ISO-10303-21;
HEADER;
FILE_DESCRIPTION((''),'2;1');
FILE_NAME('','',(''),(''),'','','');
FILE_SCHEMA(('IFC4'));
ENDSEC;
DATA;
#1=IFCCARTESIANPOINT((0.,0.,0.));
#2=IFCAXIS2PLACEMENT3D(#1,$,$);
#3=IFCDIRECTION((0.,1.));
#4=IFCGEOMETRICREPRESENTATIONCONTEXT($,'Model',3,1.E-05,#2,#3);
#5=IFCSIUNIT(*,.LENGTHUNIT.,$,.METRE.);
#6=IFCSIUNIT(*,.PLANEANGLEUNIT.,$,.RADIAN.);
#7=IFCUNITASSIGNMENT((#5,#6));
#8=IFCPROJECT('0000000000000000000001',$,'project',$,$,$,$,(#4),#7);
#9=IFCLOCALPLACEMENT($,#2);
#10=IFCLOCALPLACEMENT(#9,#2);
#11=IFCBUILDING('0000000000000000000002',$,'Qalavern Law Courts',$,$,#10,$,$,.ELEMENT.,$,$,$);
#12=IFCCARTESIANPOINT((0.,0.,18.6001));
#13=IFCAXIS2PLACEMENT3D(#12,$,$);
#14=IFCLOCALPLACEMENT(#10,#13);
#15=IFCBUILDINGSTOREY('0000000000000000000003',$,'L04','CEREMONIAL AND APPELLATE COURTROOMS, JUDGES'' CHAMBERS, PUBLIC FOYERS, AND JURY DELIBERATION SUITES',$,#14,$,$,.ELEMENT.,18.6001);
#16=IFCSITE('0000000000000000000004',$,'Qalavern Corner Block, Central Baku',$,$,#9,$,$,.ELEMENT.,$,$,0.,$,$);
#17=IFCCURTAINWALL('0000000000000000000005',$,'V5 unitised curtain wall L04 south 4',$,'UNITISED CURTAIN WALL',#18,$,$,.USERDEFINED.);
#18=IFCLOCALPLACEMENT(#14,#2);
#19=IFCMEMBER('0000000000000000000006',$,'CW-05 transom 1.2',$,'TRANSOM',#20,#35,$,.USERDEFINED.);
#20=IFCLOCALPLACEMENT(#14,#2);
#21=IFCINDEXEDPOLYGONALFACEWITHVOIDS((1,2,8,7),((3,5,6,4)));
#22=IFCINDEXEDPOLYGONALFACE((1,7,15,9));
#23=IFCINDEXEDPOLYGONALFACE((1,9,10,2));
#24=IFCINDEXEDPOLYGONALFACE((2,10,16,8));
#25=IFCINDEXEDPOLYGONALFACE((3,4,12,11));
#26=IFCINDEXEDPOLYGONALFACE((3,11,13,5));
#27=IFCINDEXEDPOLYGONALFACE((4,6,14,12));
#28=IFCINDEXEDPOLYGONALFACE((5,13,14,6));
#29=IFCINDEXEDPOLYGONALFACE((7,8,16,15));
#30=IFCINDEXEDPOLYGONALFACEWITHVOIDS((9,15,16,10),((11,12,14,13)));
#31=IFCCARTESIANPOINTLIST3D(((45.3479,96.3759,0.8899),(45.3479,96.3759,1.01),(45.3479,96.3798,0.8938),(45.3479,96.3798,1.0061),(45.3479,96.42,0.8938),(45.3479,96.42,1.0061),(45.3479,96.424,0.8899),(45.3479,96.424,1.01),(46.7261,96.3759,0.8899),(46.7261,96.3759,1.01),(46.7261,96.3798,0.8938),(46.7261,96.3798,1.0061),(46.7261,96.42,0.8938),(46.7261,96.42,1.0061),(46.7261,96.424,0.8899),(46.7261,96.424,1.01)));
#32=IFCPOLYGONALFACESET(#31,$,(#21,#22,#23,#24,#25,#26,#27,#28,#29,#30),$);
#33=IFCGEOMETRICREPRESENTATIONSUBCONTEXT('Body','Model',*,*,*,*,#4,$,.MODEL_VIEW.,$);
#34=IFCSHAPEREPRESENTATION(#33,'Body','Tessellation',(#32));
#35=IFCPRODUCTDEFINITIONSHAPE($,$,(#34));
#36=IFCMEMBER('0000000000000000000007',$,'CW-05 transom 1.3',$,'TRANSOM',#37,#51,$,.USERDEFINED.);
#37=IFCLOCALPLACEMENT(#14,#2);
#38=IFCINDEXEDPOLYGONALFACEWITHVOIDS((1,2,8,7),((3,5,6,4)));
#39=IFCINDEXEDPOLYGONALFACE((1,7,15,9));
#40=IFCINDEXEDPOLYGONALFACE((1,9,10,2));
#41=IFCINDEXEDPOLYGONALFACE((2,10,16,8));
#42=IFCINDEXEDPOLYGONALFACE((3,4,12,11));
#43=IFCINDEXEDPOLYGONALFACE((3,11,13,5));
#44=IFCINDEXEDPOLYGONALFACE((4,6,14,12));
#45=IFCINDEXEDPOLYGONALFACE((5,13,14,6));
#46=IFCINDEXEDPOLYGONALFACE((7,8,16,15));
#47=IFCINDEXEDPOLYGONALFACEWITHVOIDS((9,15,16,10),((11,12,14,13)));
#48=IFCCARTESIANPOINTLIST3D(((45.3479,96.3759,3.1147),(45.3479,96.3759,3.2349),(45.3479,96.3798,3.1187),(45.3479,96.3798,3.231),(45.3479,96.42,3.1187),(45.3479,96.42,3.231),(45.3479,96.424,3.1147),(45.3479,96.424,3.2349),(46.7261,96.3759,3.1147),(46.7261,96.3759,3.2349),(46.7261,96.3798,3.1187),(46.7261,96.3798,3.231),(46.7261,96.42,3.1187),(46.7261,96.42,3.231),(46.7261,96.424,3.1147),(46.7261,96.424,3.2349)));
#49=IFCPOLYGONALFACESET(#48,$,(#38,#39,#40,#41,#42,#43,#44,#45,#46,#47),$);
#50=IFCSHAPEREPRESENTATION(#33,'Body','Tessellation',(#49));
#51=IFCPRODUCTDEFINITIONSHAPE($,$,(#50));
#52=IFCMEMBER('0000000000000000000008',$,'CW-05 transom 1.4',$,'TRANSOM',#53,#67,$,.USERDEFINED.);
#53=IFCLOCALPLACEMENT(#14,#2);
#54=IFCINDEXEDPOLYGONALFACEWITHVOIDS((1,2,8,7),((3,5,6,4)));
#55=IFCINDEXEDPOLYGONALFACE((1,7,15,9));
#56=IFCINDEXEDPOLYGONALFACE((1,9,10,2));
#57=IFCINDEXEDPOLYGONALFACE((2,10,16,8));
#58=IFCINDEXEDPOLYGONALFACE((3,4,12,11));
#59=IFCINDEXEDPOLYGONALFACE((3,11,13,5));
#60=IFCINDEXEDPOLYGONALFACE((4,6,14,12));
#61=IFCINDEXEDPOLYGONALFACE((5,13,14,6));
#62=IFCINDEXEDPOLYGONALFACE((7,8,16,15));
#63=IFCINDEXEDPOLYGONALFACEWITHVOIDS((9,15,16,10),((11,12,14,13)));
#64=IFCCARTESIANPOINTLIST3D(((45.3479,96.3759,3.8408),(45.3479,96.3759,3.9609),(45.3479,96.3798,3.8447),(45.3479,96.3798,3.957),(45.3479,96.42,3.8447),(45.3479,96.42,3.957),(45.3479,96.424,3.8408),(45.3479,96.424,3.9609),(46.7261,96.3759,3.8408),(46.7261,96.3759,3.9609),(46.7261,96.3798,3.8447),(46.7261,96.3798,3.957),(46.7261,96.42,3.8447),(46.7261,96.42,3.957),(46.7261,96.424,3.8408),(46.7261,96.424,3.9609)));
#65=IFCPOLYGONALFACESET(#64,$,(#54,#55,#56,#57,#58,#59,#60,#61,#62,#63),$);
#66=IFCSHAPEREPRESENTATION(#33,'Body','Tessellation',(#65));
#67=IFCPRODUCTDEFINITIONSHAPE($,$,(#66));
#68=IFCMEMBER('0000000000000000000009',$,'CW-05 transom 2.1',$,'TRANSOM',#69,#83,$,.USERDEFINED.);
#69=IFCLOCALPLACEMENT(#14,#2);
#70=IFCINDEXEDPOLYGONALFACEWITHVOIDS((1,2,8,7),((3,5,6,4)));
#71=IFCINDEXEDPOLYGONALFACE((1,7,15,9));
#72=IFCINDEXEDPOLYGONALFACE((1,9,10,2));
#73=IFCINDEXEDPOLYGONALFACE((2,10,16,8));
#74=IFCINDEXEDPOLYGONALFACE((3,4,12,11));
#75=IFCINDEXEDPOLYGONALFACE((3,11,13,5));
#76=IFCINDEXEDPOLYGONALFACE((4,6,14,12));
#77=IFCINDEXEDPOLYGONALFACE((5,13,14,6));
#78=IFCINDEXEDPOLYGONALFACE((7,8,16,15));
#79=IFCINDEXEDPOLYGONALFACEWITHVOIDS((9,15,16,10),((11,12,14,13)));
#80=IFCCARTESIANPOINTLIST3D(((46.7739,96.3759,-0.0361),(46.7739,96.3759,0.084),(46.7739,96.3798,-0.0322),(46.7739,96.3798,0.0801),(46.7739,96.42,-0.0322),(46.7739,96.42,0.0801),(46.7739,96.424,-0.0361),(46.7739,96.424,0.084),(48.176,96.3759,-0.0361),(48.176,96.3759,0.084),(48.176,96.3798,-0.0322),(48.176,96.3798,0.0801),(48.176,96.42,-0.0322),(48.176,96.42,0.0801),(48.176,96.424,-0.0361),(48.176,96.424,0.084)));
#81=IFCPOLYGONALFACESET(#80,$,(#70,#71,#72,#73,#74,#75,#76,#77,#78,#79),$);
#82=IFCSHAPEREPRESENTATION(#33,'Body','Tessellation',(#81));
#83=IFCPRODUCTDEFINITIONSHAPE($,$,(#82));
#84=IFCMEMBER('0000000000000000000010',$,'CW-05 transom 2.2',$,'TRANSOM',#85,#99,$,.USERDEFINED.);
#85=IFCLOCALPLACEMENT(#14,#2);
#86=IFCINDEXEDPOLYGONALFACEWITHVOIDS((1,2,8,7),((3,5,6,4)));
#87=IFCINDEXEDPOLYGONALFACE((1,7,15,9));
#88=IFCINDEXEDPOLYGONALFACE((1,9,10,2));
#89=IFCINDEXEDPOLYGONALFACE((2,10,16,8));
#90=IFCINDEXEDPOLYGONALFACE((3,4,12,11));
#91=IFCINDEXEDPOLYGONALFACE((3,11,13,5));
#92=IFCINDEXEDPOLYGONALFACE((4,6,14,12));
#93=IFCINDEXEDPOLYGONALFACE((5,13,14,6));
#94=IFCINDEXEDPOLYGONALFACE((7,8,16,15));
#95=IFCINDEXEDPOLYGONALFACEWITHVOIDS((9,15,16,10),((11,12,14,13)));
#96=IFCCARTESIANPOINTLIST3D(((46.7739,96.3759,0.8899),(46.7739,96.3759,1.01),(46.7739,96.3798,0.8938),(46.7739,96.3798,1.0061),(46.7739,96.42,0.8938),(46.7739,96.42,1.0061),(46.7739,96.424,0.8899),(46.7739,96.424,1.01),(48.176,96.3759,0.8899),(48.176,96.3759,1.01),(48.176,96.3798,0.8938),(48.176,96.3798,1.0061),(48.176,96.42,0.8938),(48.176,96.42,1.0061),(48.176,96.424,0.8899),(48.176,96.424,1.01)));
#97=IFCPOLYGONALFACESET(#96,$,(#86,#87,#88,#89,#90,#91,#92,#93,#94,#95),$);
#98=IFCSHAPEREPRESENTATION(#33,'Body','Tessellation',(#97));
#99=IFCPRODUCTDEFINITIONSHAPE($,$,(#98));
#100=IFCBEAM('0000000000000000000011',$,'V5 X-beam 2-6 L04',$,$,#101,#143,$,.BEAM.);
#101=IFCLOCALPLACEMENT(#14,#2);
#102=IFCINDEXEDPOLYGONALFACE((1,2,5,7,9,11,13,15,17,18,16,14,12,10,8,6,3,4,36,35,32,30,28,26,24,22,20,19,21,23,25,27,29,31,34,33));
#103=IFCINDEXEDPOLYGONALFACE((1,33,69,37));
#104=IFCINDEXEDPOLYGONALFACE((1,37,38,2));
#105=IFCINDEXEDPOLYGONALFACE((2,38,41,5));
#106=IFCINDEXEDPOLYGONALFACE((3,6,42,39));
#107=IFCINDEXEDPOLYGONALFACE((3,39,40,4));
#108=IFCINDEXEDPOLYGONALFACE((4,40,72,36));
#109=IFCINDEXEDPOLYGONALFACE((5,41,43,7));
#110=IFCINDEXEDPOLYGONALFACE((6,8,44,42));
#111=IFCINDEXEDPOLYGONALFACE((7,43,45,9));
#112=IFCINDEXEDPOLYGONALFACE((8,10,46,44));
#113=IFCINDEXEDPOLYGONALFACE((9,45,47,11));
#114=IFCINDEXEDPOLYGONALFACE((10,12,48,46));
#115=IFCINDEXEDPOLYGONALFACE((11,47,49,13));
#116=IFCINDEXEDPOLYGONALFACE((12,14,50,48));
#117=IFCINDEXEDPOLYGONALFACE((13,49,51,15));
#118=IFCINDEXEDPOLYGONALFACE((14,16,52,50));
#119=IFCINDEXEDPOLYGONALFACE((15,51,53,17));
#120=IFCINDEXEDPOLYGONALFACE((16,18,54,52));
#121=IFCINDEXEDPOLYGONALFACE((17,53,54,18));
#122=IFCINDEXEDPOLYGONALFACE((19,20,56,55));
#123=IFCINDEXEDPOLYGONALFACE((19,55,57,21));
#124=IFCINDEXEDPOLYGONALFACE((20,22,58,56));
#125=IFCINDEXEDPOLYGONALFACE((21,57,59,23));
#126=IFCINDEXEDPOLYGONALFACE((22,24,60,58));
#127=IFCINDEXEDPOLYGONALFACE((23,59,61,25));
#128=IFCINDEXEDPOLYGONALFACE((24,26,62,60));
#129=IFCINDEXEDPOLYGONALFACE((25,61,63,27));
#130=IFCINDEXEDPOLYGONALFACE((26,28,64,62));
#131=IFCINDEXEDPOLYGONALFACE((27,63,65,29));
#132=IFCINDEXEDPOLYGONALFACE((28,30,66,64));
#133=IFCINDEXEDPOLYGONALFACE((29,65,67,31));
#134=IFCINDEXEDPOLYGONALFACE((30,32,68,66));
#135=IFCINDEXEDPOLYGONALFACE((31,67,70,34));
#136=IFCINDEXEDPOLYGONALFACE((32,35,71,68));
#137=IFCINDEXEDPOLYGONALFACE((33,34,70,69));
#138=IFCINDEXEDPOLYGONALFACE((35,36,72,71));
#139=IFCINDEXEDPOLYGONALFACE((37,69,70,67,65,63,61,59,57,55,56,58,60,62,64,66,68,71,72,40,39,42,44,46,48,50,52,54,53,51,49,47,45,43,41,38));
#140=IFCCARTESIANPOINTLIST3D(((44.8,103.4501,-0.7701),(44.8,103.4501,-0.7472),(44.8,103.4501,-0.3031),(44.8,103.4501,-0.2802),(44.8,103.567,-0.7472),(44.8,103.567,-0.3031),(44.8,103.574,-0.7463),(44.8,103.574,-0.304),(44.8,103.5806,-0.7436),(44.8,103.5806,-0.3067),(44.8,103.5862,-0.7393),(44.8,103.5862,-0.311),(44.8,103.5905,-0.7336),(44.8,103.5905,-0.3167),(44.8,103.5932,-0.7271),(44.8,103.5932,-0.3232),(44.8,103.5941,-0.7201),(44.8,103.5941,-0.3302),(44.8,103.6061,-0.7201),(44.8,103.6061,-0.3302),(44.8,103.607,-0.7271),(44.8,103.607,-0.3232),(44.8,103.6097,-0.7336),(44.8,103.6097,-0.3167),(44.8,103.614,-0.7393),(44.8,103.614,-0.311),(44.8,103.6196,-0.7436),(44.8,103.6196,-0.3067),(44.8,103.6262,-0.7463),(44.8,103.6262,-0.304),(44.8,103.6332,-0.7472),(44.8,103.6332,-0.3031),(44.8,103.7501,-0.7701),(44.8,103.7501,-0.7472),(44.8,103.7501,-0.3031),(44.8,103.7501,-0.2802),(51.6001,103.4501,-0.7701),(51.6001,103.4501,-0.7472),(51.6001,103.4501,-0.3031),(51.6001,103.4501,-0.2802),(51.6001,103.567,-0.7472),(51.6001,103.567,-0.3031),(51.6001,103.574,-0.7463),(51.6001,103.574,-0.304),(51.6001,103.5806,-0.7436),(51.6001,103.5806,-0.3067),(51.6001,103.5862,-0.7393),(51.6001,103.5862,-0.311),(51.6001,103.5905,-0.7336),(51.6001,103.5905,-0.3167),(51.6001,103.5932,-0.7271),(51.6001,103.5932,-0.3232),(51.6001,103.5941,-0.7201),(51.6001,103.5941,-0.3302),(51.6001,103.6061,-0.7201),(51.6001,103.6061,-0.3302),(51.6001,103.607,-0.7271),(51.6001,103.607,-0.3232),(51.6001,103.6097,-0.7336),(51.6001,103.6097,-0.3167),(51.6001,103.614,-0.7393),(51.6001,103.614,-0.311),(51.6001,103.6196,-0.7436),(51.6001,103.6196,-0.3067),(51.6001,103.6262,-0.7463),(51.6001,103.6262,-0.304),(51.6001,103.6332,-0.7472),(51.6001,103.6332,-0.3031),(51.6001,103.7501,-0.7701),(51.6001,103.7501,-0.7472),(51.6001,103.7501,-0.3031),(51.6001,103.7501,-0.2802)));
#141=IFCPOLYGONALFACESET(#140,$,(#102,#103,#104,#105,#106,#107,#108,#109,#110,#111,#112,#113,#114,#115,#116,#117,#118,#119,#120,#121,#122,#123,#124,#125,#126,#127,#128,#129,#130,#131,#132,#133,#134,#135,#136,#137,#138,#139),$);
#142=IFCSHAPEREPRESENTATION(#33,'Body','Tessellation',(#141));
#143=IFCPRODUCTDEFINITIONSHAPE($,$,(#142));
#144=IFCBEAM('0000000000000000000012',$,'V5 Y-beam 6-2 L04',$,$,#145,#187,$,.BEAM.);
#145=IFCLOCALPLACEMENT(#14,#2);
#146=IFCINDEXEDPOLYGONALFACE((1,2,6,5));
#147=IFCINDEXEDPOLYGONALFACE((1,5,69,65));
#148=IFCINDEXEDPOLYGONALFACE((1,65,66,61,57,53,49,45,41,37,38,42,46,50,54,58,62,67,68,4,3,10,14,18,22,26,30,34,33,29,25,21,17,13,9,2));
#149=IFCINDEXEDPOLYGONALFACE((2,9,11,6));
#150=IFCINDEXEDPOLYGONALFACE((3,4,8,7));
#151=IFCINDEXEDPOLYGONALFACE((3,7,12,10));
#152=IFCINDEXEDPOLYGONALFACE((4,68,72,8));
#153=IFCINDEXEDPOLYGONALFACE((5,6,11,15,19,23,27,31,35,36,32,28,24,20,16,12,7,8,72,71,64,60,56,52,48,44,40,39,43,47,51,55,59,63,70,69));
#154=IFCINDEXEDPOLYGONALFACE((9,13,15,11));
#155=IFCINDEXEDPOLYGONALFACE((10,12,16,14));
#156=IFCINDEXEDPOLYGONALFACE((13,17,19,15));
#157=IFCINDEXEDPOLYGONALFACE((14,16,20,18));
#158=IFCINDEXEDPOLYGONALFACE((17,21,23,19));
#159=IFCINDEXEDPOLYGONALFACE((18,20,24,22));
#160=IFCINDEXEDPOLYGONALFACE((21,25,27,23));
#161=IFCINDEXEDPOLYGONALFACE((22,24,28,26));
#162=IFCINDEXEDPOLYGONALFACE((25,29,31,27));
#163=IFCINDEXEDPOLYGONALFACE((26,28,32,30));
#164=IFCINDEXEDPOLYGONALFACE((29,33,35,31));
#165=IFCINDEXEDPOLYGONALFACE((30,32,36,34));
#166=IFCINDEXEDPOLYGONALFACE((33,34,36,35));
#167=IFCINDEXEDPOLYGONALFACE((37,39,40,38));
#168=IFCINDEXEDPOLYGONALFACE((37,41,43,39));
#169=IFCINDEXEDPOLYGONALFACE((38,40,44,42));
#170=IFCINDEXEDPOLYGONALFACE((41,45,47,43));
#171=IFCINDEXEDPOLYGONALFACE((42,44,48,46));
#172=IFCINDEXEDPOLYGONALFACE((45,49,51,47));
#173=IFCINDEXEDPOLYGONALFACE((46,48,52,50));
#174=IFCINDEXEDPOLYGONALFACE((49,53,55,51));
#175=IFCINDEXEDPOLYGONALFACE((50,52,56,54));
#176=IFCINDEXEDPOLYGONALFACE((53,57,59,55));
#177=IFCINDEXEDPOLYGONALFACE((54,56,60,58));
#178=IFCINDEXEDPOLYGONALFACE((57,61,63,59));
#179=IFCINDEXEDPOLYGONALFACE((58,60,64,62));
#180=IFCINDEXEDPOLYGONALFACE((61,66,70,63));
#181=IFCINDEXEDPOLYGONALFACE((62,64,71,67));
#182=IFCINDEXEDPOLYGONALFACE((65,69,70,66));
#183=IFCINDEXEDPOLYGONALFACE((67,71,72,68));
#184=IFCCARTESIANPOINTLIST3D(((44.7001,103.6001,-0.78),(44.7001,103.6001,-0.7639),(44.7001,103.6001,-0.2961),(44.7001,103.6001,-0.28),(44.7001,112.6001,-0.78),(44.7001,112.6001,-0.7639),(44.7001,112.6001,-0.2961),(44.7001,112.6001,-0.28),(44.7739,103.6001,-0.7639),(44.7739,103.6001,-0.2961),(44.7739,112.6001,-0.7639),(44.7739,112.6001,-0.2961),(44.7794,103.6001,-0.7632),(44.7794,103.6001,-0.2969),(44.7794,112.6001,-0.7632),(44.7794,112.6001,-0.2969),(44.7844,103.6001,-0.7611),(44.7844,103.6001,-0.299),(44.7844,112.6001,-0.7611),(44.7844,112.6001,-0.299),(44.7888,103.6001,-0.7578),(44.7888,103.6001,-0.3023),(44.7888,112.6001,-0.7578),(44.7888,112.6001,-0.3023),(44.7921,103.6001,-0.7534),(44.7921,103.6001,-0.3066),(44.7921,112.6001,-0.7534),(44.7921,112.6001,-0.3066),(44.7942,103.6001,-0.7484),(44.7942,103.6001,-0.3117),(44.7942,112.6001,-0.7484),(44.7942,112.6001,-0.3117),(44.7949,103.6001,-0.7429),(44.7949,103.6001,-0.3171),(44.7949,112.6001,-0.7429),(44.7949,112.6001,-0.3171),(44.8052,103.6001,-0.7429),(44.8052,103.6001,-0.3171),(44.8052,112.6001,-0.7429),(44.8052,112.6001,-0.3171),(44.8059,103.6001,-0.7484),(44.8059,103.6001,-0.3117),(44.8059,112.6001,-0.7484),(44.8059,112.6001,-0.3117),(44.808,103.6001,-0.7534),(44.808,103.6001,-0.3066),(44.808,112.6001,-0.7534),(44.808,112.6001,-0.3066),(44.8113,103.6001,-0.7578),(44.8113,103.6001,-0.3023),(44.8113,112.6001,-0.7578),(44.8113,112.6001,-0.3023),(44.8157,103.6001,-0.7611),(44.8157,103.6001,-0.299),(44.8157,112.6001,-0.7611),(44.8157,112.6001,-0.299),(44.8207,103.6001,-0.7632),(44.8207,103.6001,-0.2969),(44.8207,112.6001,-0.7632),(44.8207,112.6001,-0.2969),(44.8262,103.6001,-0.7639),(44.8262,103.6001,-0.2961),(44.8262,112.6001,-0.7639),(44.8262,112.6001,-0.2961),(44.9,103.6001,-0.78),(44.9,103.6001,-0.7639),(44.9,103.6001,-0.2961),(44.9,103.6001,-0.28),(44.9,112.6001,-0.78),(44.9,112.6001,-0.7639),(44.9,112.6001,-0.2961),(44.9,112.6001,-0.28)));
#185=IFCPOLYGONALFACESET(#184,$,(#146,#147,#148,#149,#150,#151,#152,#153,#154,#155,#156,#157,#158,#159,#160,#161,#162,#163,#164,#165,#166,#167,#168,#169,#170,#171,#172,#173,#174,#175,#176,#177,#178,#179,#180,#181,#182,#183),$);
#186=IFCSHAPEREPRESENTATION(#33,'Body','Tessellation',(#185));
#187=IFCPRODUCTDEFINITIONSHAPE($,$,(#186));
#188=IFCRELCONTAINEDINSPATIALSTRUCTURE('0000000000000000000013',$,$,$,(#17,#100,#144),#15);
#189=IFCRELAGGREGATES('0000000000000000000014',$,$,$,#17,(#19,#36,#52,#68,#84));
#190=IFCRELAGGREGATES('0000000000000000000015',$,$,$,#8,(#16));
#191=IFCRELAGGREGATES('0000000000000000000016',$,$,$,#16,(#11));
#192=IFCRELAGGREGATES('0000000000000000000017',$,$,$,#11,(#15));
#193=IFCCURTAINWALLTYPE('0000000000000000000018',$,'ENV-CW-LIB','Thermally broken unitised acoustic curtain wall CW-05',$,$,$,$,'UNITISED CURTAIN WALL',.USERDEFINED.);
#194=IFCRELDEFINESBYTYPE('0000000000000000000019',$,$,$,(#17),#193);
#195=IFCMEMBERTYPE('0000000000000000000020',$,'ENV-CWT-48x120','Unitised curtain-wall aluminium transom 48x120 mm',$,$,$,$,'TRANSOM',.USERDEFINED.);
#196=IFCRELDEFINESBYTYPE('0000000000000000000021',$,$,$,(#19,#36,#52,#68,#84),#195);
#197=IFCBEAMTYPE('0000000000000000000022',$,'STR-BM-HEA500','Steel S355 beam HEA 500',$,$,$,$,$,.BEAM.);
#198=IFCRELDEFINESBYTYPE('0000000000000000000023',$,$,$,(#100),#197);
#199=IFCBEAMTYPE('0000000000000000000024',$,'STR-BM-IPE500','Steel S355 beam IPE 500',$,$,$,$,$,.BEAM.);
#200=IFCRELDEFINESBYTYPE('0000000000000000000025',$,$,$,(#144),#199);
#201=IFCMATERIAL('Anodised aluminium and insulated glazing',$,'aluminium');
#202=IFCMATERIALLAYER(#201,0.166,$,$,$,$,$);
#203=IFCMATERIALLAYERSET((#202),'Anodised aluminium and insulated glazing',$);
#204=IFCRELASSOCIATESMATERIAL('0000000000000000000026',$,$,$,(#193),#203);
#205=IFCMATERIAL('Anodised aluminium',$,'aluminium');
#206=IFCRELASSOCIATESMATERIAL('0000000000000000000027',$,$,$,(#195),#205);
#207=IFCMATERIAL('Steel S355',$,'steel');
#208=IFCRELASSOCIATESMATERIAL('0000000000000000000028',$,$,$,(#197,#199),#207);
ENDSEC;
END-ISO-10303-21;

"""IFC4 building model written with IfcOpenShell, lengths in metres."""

from ifc_helpers import new_model, si_unit, direction, frame, origin, origin_2d, place, context, subcontext, project, spatial, hollow_rectangle, i_section, extrude, material, layer, layer_set, material_profile, profile_set, type_object, element, aggregate, save


model = new_model("IFC4")

# Units and contexts
model_context = context("Model", 3, precision=1e-05, world=origin(), true_north=direction((0.0, 1.0)))
body_context = subcontext(model_context, "Body", "Model", "MODEL_VIEW")
ifc_project = project(units=[si_unit("LENGTHUNIT", "METRE"), si_unit("PLANEANGLEUNIT", "RADIAN")], contexts=[model_context])

# Site, building, storey
site_placement = place(None, origin())
site = spatial("IfcSite", under=ifc_project, at=site_placement, Name="Qalavern Corner Block, Central Baku", CompositionType="ELEMENT", RefElevation=0.0)
building_placement = place(site_placement, origin())
building = spatial("IfcBuilding", under=site, at=building_placement, Name="Qalavern Law Courts", CompositionType="ELEMENT")
storey_placement = place(building_placement, frame((0.0, 0.0, 18.6001)))
storey = spatial("IfcBuildingStorey", under=building, at=storey_placement, Name="L04", Description="CEREMONIAL AND APPELLATE COURTROOMS, JUDGES' CHAMBERS, PUBLIC FOYERS, AND JURY DELIBERATION SUITES", CompositionType="ELEMENT", Elevation=18.6001)

# Curtain wall
ifc_material_1 = material(Name="Anodised aluminium and insulated glazing", Category="aluminium")
ifc_layer_1 = layer(ifc_material_1, 0.166)
ifc_layer_set_1 = layer_set([ifc_layer_1], Name="Anodised aluminium and insulated glazing")
curtain_wall_type = type_object("IfcCurtainWallType", Name="ENV-CW-LIB", Description="Thermally broken unitised acoustic curtain wall CW-05", ElementType="UNITISED CURTAIN WALL", PredefinedType="USERDEFINED", material=ifc_layer_set_1)
ifc_material_2 = material(Name="Anodised aluminium", Category="aluminium")
curtain_wall_1_placement = place(storey_placement, origin())
curtain_wall_1 = element("IfcCurtainWall", 1, at=curtain_wall_1_placement, inside=storey, type_object=curtain_wall_type, Name="V5 unitised curtain wall L04 south 4", ObjectType="UNITISED CURTAIN WALL", PredefinedType="USERDEFINED")

# Members
ifc_material_profile_1 = material_profile(ifc_material_2, hollow_rectangle(XDim=0.0481, YDim=0.1201, WallThickness=0.0039, at=origin_2d()), Name="ALU TRANSOM 48x120")
ifc_profile_set_1 = profile_set([ifc_material_profile_1], Name="Anodised aluminium")
member_type_1 = type_object("IfcMemberType", Name="ENV-CWT-48x120", Description="Unitised curtain-wall aluminium transom 48x120 mm", ElementType="TRANSOM", PredefinedType="USERDEFINED", material=ifc_profile_set_1)
member_1_placement = place(storey_placement, frame((45.3479, 96.3999, 0.95), z_axis=(1.0, 0.0, 0.0), x_axis=(0.0, 1.0, 0.0)))
member_1 = element("IfcMember", 2, at=member_1_placement, type_object=member_type_1, Name="CW-05 transom 1.2", ObjectType="TRANSOM", PredefinedType="USERDEFINED", context=body_context, shape_type="SweptSolid", body=[
    extrude(hollow_rectangle(XDim=0.0481, YDim=0.1201, WallThickness=0.0039, at=origin_2d()), origin(), (0.0, 0.0, 1.0), 1.3782),
])
member_2_placement = place(storey_placement, frame((45.3479, 96.3999, 3.1748), z_axis=(1.0, 0.0, 0.0), x_axis=(0.0, 1.0, 0.0)))
member_2 = element("IfcMember", 3, at=member_2_placement, type_object=member_type_1, Name="CW-05 transom 1.3", ObjectType="TRANSOM", PredefinedType="USERDEFINED", context=body_context, shape_type="SweptSolid", body=[
    extrude(hollow_rectangle(XDim=0.0481, YDim=0.1201, WallThickness=0.0039, at=origin_2d()), origin(), (0.0, 0.0, 1.0), 1.3782),
])
member_3_placement = place(storey_placement, frame((45.3479, 96.3999, 3.9009), z_axis=(1.0, 0.0, 0.0), x_axis=(0.0, 1.0, 0.0)))
member_3 = element("IfcMember", 4, at=member_3_placement, type_object=member_type_1, Name="CW-05 transom 1.4", ObjectType="TRANSOM", PredefinedType="USERDEFINED", context=body_context, shape_type="SweptSolid", body=[
    extrude(hollow_rectangle(XDim=0.0481, YDim=0.1201, WallThickness=0.0039, at=origin_2d()), origin(), (0.0, 0.0, 1.0), 1.3782),
])
member_4_placement = place(storey_placement, frame((46.7739, 96.3999, 0.0239), z_axis=(1.0, 0.0, 0.0), x_axis=(0.0, 1.0, 0.0)))
member_4 = element("IfcMember", 5, at=member_4_placement, type_object=member_type_1, Name="CW-05 transom 2.1", ObjectType="TRANSOM", PredefinedType="USERDEFINED", context=body_context, shape_type="SweptSolid", body=[
    extrude(hollow_rectangle(XDim=0.0481, YDim=0.1201, WallThickness=0.0039, at=origin_2d()), origin(), (0.0, 0.0, 1.0), 1.4021),
])
member_5_placement = place(storey_placement, frame((46.7739, 96.3999, 0.95), z_axis=(1.0, 0.0, 0.0), x_axis=(0.0, 1.0, 0.0)))
member_5 = element("IfcMember", 6, at=member_5_placement, type_object=member_type_1, Name="CW-05 transom 2.2", ObjectType="TRANSOM", PredefinedType="USERDEFINED", context=body_context, shape_type="SweptSolid", body=[
    extrude(hollow_rectangle(XDim=0.0481, YDim=0.1201, WallThickness=0.0039, at=origin_2d()), origin(), (0.0, 0.0, 1.0), 1.4021),
])

# Beams
ifc_material_3 = material(Name="Steel S355", Category="steel")
ifc_material_profile_2 = material_profile(ifc_material_3, i_section(OverallWidth=0.3, OverallDepth=0.49, WebThickness=0.012, FlangeThickness=0.0229, FilletRadius=0.0271, at=origin_2d()), Name="HEA 500")
ifc_profile_set_2 = profile_set([ifc_material_profile_2], Name="Steel S355")
beam_type_1 = type_object("IfcBeamType", Name="STR-BM-HEA500", Description="Steel S355 beam HEA 500", PredefinedType="BEAM", material=ifc_profile_set_2)
beam_1_placement = place(storey_placement, frame((44.8, 103.6001, -0.5251), z_axis=(1.0, 0.0, 0.0), x_axis=(0.0, 1.0, 0.0)))
element("IfcBeam", 7, at=beam_1_placement, inside=storey, type_object=beam_type_1, Name="V5 X-beam 2-6 L04", PredefinedType="BEAM", context=body_context, shape_type="SweptSolid", body=[
    extrude(i_section(OverallWidth=0.3, OverallDepth=0.49, WebThickness=0.012, FlangeThickness=0.0229, FilletRadius=0.0271, at=origin_2d()), origin(), (0.0, 0.0, 1.0), 6.8),
])
ifc_material_profile_3 = material_profile(ifc_material_3, i_section(OverallWidth=0.2, OverallDepth=0.5, WebThickness=0.0103, FlangeThickness=0.0161, FilletRadius=0.021, at=origin_2d()), Name="IPE 500")
ifc_profile_set_3 = profile_set([ifc_material_profile_3], Name="Steel S355")
beam_type_2 = type_object("IfcBeamType", Name="STR-BM-IPE500", Description="Steel S355 beam IPE 500", PredefinedType="BEAM", material=ifc_profile_set_3)
beam_2_placement = place(storey_placement, frame((44.8, 103.6001, -0.53), z_axis=(0.0, 1.0, 0.0), x_axis=(-1.0, 0.0, 0.0)))
element("IfcBeam", 8, at=beam_2_placement, inside=storey, type_object=beam_type_2, Name="V5 Y-beam 6-2 L04", PredefinedType="BEAM", context=body_context, shape_type="SweptSolid", body=[
    extrude(i_section(OverallWidth=0.2, OverallDepth=0.5, WebThickness=0.0103, FlangeThickness=0.0161, FilletRadius=0.021, at=origin_2d()), origin(), (0.0, 0.0, 1.0), 9.0),
])

aggregate(curtain_wall_1, [member_1, member_2, member_3, member_4, member_5])

save(model, "model.ifc")
